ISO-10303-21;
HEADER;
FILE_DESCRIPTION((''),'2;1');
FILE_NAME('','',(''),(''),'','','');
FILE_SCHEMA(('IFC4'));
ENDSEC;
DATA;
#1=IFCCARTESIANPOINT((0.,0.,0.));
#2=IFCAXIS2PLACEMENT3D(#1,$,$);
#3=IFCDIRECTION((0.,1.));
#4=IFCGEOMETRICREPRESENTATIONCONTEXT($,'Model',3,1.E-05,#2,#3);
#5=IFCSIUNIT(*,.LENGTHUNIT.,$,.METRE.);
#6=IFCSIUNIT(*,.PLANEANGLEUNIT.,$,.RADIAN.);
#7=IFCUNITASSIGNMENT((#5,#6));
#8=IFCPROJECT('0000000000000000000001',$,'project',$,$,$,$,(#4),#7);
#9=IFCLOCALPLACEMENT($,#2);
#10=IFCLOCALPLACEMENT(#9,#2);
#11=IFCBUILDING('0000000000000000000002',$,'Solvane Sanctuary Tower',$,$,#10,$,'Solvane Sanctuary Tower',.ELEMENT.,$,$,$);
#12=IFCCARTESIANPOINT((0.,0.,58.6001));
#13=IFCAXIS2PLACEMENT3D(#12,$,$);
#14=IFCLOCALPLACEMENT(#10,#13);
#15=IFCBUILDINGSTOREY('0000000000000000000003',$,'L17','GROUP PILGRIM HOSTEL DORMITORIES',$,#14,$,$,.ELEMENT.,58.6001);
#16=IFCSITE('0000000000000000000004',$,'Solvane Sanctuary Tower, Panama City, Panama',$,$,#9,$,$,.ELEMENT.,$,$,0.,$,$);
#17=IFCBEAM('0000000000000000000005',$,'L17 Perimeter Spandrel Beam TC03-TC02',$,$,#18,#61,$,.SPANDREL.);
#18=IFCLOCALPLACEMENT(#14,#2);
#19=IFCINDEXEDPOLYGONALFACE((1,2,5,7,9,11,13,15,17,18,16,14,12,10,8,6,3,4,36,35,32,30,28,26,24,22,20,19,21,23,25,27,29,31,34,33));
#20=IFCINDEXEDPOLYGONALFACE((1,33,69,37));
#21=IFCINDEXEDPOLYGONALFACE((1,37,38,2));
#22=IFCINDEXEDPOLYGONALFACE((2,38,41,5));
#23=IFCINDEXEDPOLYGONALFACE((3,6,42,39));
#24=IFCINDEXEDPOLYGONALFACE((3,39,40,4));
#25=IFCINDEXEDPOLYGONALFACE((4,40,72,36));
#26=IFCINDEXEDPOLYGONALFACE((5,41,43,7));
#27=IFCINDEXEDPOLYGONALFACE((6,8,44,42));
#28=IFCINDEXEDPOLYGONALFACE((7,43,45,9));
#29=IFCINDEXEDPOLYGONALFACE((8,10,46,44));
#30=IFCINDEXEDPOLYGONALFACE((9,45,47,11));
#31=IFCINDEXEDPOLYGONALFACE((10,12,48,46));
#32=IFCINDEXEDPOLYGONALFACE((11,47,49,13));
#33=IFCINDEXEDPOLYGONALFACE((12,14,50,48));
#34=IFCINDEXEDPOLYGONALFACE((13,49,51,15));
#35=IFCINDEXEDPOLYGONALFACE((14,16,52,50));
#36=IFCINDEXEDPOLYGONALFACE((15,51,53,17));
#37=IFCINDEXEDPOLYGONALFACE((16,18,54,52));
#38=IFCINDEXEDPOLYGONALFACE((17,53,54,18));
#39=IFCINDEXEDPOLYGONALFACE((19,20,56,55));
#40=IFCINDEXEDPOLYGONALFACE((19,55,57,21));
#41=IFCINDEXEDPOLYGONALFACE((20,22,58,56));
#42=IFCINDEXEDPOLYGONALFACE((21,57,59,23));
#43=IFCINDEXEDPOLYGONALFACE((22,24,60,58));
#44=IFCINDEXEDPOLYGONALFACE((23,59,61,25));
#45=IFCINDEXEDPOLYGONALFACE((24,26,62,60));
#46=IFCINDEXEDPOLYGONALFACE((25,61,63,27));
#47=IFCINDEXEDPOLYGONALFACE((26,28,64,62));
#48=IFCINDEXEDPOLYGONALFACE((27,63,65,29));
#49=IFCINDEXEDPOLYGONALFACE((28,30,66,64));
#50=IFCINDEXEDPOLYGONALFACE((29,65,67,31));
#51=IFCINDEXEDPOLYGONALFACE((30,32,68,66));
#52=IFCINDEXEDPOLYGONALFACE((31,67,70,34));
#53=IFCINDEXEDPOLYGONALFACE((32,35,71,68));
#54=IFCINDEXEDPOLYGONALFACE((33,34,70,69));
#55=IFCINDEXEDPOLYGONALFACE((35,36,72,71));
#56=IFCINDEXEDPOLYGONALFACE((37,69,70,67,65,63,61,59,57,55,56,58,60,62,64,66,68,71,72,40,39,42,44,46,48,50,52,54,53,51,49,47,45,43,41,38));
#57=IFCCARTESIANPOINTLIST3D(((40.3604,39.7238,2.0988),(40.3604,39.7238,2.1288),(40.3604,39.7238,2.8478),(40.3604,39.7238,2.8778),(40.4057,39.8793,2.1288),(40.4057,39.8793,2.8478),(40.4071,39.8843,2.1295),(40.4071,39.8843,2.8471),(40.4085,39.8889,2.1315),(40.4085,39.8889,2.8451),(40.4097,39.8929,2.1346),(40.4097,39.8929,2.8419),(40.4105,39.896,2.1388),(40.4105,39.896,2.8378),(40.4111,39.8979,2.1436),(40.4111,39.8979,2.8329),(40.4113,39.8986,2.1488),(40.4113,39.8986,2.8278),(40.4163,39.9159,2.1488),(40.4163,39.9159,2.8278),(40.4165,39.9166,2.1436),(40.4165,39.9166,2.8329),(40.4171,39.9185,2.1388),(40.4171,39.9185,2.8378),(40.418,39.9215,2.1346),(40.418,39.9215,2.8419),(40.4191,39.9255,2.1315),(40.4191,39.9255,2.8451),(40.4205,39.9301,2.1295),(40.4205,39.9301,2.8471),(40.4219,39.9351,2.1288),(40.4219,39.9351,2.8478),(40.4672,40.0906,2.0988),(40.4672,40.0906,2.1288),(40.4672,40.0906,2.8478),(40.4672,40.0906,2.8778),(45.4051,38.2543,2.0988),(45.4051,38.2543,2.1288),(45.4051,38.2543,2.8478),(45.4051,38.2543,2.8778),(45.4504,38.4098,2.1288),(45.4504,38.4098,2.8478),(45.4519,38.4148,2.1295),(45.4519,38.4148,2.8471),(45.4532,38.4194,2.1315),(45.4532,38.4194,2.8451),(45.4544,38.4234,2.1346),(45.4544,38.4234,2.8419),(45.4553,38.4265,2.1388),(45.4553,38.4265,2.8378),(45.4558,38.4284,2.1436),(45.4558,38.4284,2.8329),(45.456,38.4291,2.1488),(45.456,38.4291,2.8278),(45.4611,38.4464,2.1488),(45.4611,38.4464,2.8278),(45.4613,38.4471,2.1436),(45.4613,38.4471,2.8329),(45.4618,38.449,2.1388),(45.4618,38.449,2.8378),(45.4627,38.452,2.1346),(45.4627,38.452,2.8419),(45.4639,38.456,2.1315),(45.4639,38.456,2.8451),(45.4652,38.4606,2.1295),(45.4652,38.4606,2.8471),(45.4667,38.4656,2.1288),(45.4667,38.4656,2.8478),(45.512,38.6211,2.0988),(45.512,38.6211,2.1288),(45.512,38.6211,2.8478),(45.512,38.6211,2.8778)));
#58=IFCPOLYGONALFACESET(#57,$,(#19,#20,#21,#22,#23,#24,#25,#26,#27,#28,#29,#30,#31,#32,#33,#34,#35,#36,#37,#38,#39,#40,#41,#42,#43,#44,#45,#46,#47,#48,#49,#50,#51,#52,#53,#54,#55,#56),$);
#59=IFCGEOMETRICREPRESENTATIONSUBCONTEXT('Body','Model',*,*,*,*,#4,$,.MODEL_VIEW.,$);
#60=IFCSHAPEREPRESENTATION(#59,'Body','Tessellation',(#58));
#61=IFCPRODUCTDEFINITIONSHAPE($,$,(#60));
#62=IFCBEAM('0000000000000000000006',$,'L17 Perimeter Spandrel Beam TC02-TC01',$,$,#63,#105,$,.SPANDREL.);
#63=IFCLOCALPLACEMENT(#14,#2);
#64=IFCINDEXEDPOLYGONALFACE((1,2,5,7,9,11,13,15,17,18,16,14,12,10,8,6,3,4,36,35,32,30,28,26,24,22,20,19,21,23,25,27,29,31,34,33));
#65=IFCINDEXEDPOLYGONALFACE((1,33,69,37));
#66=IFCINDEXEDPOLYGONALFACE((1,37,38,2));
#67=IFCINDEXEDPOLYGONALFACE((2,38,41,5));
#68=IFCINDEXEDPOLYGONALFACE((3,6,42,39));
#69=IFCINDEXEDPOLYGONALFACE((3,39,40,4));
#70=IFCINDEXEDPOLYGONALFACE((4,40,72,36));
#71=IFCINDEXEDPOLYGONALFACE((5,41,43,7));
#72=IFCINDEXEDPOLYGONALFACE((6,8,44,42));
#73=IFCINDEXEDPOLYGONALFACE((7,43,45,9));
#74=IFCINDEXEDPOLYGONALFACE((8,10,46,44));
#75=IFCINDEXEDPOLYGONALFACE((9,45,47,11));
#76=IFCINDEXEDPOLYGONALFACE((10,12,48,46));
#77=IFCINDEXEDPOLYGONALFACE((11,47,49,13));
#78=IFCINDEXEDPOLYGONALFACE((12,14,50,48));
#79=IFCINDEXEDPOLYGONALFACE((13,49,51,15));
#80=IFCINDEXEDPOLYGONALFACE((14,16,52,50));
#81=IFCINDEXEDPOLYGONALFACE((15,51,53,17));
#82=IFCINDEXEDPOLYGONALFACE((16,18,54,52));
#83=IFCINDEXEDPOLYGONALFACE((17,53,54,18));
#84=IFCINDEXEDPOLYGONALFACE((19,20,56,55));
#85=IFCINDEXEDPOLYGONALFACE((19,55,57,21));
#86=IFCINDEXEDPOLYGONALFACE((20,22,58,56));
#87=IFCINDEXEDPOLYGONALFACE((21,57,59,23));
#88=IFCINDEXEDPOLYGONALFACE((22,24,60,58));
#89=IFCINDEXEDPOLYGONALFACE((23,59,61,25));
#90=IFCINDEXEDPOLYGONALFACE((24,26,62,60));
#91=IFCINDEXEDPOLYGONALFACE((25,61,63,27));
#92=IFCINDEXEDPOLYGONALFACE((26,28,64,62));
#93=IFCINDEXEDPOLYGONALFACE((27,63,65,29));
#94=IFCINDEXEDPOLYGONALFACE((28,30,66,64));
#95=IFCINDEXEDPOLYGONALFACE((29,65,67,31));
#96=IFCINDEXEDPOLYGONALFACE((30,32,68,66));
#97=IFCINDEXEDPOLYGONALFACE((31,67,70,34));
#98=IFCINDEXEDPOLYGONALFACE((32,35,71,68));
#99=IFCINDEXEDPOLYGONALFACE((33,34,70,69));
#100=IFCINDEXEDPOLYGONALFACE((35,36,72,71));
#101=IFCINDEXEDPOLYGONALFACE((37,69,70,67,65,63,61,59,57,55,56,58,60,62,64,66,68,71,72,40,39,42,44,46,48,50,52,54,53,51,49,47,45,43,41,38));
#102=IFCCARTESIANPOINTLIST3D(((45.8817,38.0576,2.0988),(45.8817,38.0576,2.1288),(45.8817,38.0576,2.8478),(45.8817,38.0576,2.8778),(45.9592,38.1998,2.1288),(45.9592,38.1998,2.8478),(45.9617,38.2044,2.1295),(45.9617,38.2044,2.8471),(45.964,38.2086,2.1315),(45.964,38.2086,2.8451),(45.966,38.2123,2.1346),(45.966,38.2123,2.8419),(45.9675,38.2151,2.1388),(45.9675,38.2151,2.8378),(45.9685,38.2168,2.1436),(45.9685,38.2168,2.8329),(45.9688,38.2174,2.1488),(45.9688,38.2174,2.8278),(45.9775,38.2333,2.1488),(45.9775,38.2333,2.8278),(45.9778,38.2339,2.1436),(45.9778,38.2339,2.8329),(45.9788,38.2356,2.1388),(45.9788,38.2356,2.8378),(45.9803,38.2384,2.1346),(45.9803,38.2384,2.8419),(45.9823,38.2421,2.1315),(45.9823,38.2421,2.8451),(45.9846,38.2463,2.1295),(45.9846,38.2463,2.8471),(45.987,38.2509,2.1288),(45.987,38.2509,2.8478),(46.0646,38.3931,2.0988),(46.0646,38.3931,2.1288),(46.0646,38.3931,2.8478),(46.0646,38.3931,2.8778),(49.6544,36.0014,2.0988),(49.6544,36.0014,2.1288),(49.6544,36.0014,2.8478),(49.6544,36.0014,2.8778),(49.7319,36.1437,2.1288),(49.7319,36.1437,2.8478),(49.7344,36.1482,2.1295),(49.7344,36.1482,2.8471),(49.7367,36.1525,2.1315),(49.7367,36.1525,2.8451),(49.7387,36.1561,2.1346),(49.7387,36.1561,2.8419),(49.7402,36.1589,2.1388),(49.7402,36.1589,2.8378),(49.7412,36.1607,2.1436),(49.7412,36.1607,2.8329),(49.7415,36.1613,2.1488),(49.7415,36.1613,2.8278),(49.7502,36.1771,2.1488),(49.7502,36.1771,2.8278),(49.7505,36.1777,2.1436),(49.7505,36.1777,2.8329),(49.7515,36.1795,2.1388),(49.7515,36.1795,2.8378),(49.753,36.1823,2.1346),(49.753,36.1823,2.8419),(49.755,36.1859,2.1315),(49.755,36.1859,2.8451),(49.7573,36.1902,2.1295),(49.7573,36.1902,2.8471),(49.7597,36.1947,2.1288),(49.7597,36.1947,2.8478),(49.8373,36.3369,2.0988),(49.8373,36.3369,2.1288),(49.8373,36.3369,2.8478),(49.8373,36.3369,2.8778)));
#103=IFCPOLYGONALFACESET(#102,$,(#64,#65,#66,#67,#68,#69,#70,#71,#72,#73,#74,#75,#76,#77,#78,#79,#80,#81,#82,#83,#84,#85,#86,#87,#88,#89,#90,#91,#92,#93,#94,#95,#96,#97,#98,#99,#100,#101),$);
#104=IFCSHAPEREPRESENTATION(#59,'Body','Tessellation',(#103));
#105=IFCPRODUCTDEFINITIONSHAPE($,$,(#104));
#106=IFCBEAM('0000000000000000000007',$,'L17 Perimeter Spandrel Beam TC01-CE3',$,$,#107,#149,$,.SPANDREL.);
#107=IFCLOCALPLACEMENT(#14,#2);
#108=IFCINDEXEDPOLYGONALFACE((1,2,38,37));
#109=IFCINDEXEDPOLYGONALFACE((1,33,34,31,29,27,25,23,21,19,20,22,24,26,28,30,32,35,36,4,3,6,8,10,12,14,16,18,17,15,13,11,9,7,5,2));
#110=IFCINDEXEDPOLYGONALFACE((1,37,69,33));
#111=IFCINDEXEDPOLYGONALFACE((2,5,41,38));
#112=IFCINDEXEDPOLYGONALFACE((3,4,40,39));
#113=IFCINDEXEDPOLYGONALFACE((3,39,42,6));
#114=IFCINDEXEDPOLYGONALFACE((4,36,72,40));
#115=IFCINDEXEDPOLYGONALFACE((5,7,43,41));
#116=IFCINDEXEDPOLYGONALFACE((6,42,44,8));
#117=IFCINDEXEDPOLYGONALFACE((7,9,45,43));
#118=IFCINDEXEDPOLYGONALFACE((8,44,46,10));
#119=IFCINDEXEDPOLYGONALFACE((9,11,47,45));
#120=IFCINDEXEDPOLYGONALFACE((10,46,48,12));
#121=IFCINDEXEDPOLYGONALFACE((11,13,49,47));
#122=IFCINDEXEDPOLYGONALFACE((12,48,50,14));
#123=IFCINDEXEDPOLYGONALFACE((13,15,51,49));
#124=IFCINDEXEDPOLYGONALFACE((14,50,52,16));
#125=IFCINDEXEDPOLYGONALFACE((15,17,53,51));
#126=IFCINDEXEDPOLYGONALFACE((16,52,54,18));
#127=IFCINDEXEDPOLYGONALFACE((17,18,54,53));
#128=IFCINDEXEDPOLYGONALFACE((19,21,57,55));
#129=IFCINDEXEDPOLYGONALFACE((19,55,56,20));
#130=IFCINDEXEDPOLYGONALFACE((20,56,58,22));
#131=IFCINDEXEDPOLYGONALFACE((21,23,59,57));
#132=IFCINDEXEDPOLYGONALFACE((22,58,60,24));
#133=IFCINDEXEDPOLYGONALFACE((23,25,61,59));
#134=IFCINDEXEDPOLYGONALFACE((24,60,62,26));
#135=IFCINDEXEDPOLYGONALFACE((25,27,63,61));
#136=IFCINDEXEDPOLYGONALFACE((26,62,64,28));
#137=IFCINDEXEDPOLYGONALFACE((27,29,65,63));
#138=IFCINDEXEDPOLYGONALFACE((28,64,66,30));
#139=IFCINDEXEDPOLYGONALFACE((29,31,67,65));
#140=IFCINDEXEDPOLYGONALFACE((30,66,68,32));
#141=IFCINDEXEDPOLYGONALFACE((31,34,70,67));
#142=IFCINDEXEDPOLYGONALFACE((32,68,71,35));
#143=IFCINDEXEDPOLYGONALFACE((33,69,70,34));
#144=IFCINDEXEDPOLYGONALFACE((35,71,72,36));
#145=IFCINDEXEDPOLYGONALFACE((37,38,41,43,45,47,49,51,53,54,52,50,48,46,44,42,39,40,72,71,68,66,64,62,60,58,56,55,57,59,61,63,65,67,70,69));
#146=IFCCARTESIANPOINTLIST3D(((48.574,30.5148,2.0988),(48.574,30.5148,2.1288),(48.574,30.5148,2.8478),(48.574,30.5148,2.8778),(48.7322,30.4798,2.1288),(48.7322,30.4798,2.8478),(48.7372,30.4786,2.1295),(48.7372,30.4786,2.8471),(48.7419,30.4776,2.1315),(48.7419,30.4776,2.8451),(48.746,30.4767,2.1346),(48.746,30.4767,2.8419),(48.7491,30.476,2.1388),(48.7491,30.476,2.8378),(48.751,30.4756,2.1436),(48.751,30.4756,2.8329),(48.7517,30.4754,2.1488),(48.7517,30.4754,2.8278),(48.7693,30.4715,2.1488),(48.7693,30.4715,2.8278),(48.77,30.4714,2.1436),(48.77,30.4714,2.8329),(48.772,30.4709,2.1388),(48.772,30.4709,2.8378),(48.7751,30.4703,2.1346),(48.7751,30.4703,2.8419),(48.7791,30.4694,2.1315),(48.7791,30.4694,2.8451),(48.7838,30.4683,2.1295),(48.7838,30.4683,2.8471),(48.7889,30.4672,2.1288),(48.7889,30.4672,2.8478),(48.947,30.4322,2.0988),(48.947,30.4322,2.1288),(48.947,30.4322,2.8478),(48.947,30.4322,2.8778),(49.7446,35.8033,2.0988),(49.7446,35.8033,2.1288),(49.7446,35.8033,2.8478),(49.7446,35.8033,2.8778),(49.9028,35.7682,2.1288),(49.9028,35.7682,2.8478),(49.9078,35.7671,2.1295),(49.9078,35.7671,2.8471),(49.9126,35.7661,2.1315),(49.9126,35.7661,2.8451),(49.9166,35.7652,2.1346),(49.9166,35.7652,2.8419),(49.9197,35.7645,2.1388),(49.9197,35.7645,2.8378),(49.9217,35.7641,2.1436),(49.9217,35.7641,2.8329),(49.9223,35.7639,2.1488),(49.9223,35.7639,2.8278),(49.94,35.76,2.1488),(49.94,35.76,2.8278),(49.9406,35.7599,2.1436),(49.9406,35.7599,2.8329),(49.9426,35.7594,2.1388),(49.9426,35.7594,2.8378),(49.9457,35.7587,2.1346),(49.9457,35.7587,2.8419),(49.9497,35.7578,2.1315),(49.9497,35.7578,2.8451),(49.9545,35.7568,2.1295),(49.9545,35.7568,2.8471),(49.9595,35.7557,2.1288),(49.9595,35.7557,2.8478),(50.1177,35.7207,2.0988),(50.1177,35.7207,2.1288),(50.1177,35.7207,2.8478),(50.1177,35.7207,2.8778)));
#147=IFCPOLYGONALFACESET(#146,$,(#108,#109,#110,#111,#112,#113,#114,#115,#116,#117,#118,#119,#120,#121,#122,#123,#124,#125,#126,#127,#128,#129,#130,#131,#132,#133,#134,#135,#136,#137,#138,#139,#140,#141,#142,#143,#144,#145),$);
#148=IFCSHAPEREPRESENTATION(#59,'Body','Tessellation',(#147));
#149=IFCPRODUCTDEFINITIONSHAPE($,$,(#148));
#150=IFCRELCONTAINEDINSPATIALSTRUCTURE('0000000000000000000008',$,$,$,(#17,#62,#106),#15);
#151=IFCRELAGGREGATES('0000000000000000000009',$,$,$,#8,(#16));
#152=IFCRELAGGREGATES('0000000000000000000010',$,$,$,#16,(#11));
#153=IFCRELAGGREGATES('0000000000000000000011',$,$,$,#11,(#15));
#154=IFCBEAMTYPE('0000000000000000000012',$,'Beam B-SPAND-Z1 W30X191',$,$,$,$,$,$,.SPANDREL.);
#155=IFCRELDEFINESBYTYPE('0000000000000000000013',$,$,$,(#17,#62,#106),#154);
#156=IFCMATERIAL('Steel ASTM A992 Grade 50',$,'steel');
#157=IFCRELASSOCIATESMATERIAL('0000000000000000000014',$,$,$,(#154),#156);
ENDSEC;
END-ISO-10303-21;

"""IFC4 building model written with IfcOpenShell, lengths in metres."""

from ifc_helpers import new_model, si_unit, direction, frame, origin, origin_2d, place, context, subcontext, project, spatial, i_section, extrude, material, material_profile, profile_set, type_object, element, save


model = new_model("IFC4")

# Units and contexts
model_context = context("Model", 3, precision=1e-05, world=origin(), true_north=direction((0.0, 1.0)))
body_context = subcontext(model_context, "Body", "Model", "MODEL_VIEW")
ifc_project = project(units=[si_unit("LENGTHUNIT", "METRE"), si_unit("PLANEANGLEUNIT", "RADIAN")], contexts=[model_context])

# Site, building, storey
site_placement = place(None, origin())
site = spatial("IfcSite", under=ifc_project, at=site_placement, Name="Solvane Sanctuary Tower, Panama City, Panama", CompositionType="ELEMENT", RefElevation=0.0)
building_placement = place(site_placement, origin())
building = spatial("IfcBuilding", under=site, at=building_placement, Name="Solvane Sanctuary Tower", LongName="Solvane Sanctuary Tower", CompositionType="ELEMENT")
storey_placement = place(building_placement, frame((0.0, 0.0, 58.6001)))
storey = spatial("IfcBuildingStorey", under=building, at=storey_placement, Name="L17", Description="GROUP PILGRIM HOSTEL DORMITORIES", CompositionType="ELEMENT", Elevation=58.6001)

# Beams
ifc_material_1 = material(Name="Steel ASTM A992 Grade 50", Category="steel")
ifc_material_profile_1 = material_profile(ifc_material_1, i_section(OverallWidth=0.3821, OverallDepth=0.7791, WebThickness=0.0181, FlangeThickness=0.03, FilletRadius=0.02, at=origin_2d()), Name="W30X191")
ifc_profile_set_1 = profile_set([ifc_material_profile_1], Name="Steel ASTM A992 Grade 50")
beam_type_1 = type_object("IfcBeamType", Name="Beam B-SPAND-Z1 W30X191", PredefinedType="SPANDREL", material=ifc_profile_set_1)
beam_1_placement = place(storey_placement, frame((40.4138, 39.9072, 2.4883), z_axis=(0.960096, -0.27967, 0.0), x_axis=(0.27967, 0.960096, 0.0)))
element("IfcBeam", 1, at=beam_1_placement, inside=storey, type_object=beam_type_1, Name="L17 Perimeter Spandrel Beam TC03-TC02", PredefinedType="SPANDREL", context=body_context, shape_type="SweptSolid", body=[
    extrude(i_section(OverallWidth=0.3821, OverallDepth=0.7791, WebThickness=0.0181, FlangeThickness=0.03, FilletRadius=0.02, at=origin_2d()), origin(), (0.0, 0.0, 1.0), 5.2544),
])
beam_2_placement = place(storey_placement, frame((45.9731, 38.2253, 2.4883), z_axis=(0.878061, -0.47855, 0.0), x_axis=(0.47855, 0.878061, 0.0)))
element("IfcBeam", 2, at=beam_2_placement, inside=storey, type_object=beam_type_1, Name="L17 Perimeter Spandrel Beam TC02-TC01", PredefinedType="SPANDREL", context=body_context, shape_type="SweptSolid", body=[
    extrude(i_section(OverallWidth=0.3821, OverallDepth=0.7791, WebThickness=0.0181, FlangeThickness=0.03, FilletRadius=0.02, at=origin_2d()), origin(), (0.0, 0.0, 1.0), 4.2966),
])
beam_3_placement = place(storey_placement, frame((49.9312, 35.762, 2.4883), z_axis=(-0.216124, -0.976366, 0.0), x_axis=(0.976366, -0.216124, 0.0)))
element("IfcBeam", 3, at=beam_3_placement, inside=storey, type_object=beam_type_1, Name="L17 Perimeter Spandrel Beam TC01-CE3", PredefinedType="SPANDREL", context=body_context, shape_type="SweptSolid", body=[
    extrude(i_section(OverallWidth=0.3821, OverallDepth=0.7791, WebThickness=0.0181, FlangeThickness=0.03, FilletRadius=0.02, at=origin_2d()), origin(), (0.0, 0.0, 1.0), 5.4165),
])

save(model, "model.ifc")
